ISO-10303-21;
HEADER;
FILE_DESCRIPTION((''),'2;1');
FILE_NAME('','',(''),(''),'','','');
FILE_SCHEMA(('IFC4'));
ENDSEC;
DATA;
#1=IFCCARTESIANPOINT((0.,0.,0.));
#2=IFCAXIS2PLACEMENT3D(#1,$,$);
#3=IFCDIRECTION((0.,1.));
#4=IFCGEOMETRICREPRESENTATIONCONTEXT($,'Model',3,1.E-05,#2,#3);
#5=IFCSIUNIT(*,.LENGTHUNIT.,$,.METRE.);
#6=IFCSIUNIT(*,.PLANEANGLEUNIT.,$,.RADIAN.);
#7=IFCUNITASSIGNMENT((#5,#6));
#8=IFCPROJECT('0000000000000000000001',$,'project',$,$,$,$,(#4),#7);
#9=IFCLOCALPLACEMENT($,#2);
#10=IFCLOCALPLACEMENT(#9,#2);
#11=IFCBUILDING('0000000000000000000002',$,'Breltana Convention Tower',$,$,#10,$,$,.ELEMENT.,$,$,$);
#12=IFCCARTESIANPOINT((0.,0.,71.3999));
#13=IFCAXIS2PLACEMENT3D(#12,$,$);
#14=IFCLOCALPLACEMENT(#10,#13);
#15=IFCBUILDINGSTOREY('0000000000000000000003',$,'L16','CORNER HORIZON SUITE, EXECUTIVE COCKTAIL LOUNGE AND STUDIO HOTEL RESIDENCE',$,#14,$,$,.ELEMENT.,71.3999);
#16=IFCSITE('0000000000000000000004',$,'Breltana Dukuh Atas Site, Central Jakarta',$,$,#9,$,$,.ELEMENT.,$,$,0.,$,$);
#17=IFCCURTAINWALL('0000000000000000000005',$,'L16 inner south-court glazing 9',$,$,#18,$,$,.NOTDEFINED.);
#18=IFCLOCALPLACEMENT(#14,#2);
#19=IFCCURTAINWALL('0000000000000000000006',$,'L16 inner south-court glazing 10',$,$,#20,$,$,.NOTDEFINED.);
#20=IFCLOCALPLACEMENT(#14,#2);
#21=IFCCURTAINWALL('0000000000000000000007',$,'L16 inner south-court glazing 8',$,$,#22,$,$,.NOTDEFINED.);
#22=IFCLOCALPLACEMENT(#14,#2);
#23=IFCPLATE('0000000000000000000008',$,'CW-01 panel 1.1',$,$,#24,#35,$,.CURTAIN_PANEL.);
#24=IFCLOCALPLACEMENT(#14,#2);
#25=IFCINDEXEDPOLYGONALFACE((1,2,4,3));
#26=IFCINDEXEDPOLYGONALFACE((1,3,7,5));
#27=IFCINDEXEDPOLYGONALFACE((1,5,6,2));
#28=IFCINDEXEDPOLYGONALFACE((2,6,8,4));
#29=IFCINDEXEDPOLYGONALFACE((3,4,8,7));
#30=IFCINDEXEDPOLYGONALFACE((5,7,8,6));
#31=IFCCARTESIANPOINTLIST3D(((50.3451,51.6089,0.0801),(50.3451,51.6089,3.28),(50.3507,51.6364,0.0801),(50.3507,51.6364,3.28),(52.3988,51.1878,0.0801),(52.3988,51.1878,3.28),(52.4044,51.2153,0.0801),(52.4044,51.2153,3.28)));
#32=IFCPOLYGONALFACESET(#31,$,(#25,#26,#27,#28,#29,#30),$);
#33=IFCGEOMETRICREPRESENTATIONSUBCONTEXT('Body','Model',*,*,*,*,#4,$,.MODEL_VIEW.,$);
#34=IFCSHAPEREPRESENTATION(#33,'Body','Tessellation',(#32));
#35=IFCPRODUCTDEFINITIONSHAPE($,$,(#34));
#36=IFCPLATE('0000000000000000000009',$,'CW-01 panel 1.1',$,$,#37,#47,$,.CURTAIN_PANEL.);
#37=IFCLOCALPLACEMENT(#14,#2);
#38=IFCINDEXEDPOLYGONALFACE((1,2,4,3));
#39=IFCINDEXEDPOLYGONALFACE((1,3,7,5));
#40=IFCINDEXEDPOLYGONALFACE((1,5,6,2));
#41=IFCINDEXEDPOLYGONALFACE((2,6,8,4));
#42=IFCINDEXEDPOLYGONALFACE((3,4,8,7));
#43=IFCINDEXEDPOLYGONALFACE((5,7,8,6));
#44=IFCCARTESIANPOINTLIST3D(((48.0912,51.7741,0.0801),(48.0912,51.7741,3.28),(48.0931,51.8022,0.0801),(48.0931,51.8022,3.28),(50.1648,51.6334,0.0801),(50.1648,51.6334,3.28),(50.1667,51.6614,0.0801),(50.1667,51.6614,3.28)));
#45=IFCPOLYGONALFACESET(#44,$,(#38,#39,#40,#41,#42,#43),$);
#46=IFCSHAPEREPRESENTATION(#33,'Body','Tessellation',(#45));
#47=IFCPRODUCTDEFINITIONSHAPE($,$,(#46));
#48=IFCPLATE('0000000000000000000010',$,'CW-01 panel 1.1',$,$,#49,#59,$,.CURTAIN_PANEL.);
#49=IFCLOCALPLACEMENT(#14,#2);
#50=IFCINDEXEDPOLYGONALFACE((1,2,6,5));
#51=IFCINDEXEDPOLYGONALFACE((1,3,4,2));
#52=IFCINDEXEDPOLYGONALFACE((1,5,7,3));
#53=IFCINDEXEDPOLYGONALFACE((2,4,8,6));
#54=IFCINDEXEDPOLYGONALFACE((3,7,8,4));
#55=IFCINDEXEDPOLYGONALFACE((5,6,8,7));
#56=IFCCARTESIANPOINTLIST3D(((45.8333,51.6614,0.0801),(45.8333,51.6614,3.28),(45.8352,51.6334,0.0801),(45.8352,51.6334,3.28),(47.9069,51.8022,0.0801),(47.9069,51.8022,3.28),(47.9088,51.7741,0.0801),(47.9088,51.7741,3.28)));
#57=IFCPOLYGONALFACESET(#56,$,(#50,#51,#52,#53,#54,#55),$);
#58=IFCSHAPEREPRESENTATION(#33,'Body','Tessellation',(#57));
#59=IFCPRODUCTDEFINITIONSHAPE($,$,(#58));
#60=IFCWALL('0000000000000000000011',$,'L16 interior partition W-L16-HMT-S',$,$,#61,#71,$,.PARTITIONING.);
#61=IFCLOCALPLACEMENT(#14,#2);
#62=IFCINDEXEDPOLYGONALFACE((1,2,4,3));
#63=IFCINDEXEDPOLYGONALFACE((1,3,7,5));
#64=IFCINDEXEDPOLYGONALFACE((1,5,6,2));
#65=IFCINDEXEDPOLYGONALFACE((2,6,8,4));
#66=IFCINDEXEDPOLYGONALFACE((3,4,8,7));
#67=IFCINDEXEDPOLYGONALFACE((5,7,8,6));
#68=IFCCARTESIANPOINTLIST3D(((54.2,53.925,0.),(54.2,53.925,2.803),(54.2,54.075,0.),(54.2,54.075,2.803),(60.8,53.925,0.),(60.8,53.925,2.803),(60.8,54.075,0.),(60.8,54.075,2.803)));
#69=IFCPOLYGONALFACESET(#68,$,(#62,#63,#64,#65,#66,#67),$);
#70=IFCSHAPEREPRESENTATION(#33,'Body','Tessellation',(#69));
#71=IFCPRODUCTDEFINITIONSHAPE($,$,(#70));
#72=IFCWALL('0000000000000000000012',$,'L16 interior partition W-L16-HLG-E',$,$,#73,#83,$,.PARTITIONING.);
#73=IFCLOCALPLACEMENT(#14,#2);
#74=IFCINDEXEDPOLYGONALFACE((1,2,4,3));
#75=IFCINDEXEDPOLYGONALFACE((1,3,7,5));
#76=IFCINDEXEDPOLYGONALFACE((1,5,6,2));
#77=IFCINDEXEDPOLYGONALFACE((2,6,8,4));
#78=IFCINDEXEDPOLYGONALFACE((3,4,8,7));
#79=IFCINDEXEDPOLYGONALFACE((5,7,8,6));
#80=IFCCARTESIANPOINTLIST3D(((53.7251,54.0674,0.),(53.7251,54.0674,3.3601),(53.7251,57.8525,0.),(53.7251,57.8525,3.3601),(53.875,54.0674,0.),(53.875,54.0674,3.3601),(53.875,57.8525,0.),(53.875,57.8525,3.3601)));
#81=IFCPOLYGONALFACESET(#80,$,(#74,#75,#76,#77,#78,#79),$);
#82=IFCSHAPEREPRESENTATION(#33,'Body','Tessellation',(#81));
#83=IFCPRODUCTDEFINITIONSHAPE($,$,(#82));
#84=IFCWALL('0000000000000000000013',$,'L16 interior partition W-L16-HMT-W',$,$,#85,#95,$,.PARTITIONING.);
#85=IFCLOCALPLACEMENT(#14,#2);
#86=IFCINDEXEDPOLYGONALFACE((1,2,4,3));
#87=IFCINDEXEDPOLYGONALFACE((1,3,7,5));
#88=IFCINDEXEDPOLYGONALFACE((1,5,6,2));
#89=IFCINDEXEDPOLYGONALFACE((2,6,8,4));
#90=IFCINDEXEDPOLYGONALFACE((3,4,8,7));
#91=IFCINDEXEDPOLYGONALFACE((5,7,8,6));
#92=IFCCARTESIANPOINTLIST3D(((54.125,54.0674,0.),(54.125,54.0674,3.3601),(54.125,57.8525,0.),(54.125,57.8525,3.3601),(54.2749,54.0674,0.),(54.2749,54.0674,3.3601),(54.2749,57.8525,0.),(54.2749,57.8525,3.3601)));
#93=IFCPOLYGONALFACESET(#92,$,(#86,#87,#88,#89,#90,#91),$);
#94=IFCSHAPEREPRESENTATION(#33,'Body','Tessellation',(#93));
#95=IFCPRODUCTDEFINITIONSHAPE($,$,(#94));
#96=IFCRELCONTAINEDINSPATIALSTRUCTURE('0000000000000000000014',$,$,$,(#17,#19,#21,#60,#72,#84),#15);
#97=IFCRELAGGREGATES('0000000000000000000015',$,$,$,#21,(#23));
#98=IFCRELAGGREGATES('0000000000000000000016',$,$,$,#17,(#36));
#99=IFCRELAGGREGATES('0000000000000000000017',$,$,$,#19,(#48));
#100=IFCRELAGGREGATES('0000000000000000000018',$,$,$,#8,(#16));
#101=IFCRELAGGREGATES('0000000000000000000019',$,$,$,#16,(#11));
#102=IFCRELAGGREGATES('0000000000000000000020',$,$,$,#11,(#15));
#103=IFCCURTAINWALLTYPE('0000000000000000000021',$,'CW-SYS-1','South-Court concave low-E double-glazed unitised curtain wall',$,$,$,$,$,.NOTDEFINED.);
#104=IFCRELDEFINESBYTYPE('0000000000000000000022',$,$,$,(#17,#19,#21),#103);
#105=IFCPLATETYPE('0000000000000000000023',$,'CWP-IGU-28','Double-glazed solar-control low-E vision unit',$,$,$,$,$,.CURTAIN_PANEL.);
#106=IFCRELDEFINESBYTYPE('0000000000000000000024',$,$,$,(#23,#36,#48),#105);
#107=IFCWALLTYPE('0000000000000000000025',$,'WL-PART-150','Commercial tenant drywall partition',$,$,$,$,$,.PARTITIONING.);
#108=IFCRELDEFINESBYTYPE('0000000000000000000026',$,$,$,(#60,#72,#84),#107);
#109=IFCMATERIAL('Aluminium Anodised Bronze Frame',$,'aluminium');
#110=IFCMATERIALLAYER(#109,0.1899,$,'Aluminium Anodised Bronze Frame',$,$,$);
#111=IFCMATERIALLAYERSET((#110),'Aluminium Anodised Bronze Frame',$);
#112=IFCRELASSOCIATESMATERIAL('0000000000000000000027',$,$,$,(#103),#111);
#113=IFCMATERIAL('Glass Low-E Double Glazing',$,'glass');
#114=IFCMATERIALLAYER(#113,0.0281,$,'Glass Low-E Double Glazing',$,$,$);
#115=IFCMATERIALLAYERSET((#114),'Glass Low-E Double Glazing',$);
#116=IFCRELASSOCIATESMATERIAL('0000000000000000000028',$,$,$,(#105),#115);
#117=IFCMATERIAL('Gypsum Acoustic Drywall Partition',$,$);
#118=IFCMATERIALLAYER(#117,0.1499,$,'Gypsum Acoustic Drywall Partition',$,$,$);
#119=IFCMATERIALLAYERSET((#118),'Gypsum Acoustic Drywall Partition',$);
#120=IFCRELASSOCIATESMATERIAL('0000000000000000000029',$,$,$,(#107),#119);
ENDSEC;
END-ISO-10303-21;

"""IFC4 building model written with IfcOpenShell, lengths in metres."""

from ifc_helpers import new_model, si_unit, direction, frame, frame_2d, origin, origin_2d, place, context, subcontext, project, spatial, rectangle, extrude, source, transform, mapped, material, layer, layer_set, type_object, element, aggregate, save


model = new_model("IFC4")

# Units and contexts
model_context = context("Model", 3, precision=1e-05, world=origin(), true_north=direction((0.0, 1.0)))
body_context = subcontext(model_context, "Body", "Model", "MODEL_VIEW")
ifc_project = project(units=[si_unit("LENGTHUNIT", "METRE"), si_unit("PLANEANGLEUNIT", "RADIAN")], contexts=[model_context])

# Site, building, storey
site_placement = place(None, origin())
site = spatial("IfcSite", under=ifc_project, at=site_placement, Name="Breltana Dukuh Atas Site, Central Jakarta", CompositionType="ELEMENT", RefElevation=0.0)
building_placement = place(site_placement, origin())
building = spatial("IfcBuilding", under=site, at=building_placement, Name="Breltana Convention Tower", CompositionType="ELEMENT")
storey_placement = place(building_placement, frame((0.0, 0.0, 71.3999)))
storey = spatial("IfcBuildingStorey", under=building, at=storey_placement, Name="L16", Description="CORNER HORIZON SUITE, EXECUTIVE COCKTAIL LOUNGE AND STUDIO HOTEL RESIDENCE", CompositionType="ELEMENT", Elevation=71.3999)

# Curtain walls
ifc_material_1 = material(Name="Aluminium Anodised Bronze Frame", Category="aluminium")
ifc_layer_1 = layer(ifc_material_1, 0.1899, Name="Aluminium Anodised Bronze Frame")
ifc_layer_set_1 = layer_set([ifc_layer_1], Name="Aluminium Anodised Bronze Frame")
curtain_wall_type = type_object("IfcCurtainWallType", Name="CW-SYS-1", Description="South-Court concave low-E double-glazed unitised curtain wall", PredefinedType="NOTDEFINED", material=ifc_layer_set_1)
curtain_wall_1_placement = place(storey_placement, origin())
curtain_wall_1 = element("IfcCurtainWall", 1, at=curtain_wall_1_placement, inside=storey, type_object=curtain_wall_type, Name="L16 inner south-court glazing 9", PredefinedType="NOTDEFINED")
curtain_wall_2_placement = place(storey_placement, origin())
curtain_wall_2 = element("IfcCurtainWall", 2, at=curtain_wall_2_placement, inside=storey, type_object=curtain_wall_type, Name="L16 inner south-court glazing 10", PredefinedType="NOTDEFINED")
curtain_wall_3_placement = place(storey_placement, origin())
curtain_wall_3 = element("IfcCurtainWall", 3, at=curtain_wall_3_placement, inside=storey, type_object=curtain_wall_type, Name="L16 inner south-court glazing 8", PredefinedType="NOTDEFINED")

# Plates
ifc_material_2 = material(Name="Glass Low-E Double Glazing", Category="glass")
ifc_layer_2 = layer(ifc_material_2, 0.0281, Name="Glass Low-E Double Glazing")
ifc_layer_set_2 = layer_set([ifc_layer_2], Name="Glass Low-E Double Glazing")
plate_type = type_object("IfcPlateType", Name="CWP-IGU-28", Description="Double-glazed solar-control low-E vision unit", PredefinedType="CURTAIN_PANEL", material=ifc_layer_set_2)
shared_shape_1 = source(origin(), body_context, "Body", "SweptSolid", [
    extrude(rectangle(XDim=2.0964, YDim=0.0281, at=origin_2d()), origin(), (0.0, 0.0, 1.0), 3.2),
])
plate_1_placement = place(storey_placement, frame((51.3748, 51.4121, 0.0801), z_axis=(0.0, 0.0, 1.0), x_axis=(-0.979615, 0.200886, 0.0)))
plate_1 = element("IfcPlate", 4, at=plate_1_placement, type_object=plate_type, Name="CW-01 panel 1.1", PredefinedType="CURTAIN_PANEL", context=body_context, shape_type="MappedRepresentation", body=[
    mapped(shared_shape_1, transform((0.0, 0.0, 0.0), scale=1.0)),
])
aggregate(curtain_wall_3, [plate_1])
shared_shape_2 = source(origin(), body_context, "Body", "SweptSolid", [
    extrude(rectangle(XDim=2.0784, YDim=0.0281, at=origin_2d()), origin(), (0.0, 0.0, 1.0), 3.2),
])
plate_2_placement = place(storey_placement, frame((49.1289, 51.7178, 0.0801), z_axis=(0.0, 0.0, 1.0), x_axis=(-0.997704, 0.067726, 0.0)))
plate_2 = element("IfcPlate", 5, at=plate_2_placement, type_object=plate_type, Name="CW-01 panel 1.1", PredefinedType="CURTAIN_PANEL", context=body_context, shape_type="MappedRepresentation", body=[
    mapped(shared_shape_2, transform((0.0, 0.0, 0.0), scale=1.0)),
])
aggregate(curtain_wall_1, [plate_2])
plate_3_placement = place(storey_placement, frame((46.8711, 51.7178, 0.0801), z_axis=(0.0, 0.0, 1.0), x_axis=(-0.997704, -0.067726, 0.0)))
plate_3 = element("IfcPlate", 6, at=plate_3_placement, type_object=plate_type, Name="CW-01 panel 1.1", PredefinedType="CURTAIN_PANEL", context=body_context, shape_type="MappedRepresentation", body=[
    mapped(shared_shape_2, transform((0.0, 0.0, 0.0), scale=1.0)),
])
aggregate(curtain_wall_2, [plate_3])

# Walls
ifc_material_3 = material(Name="Gypsum Acoustic Drywall Partition")
ifc_layer_3 = layer(ifc_material_3, 0.1499, Name="Gypsum Acoustic Drywall Partition")
ifc_layer_set_3 = layer_set([ifc_layer_3], Name="Gypsum Acoustic Drywall Partition")
wall_type = type_object("IfcWallType", Name="WL-PART-150", Description="Commercial tenant drywall partition", PredefinedType="PARTITIONING", material=ifc_layer_set_3)
shared_shape_3 = source(origin(), body_context, "Body", "SweptSolid", [
    extrude(rectangle(XDim=6.6001, YDim=0.1499, at=frame_2d((3.3, 0.0))), origin(), (0.0, 0.0, 1.0), 2.803),
])
wall_placement = place(storey_placement, frame((54.2, 54.0, 0.0), z_axis=(0.0, 0.0, 1.0), x_axis=(1.0, 0.0, 0.0)))
element("IfcWall", 7, at=wall_placement, inside=storey, type_object=wall_type, Name="L16 interior partition W-L16-HMT-S", PredefinedType="PARTITIONING", context=body_context, shape_type="MappedRepresentation", body=[
    mapped(shared_shape_3, transform((0.0, 0.0, 0.0), scale=1.0)),
])
shared_shape_4 = source(origin(), body_context, "Body", "SweptSolid", [
    extrude(rectangle(XDim=3.7852, YDim=0.1499, at=frame_2d((1.8926, 0.0))), origin(), (0.0, 0.0, 1.0), 3.3601),
])
for number, where, z_axis, x_axis, name in (
    (8, (53.8, 54.0674, 0.0), (0.0, 0.0, 1.0), (0.0, 1.0, 0.0), "L16 interior partition W-L16-HLG-E"),
    (9, (54.2, 54.0674, 0.0), (0.0, 0.0, 1.0), (0.0, 1.0, 0.0), "L16 interior partition W-L16-HMT-W"),
):
    element("IfcWall", number, at=place(storey_placement, frame(where, z_axis=z_axis, x_axis=x_axis)), inside=storey, type_object=wall_type, Name=name, PredefinedType="PARTITIONING", context=body_context, shape_type="MappedRepresentation", body=[
        mapped(shared_shape_4, transform((0.0, 0.0, 0.0), scale=1.0)),
    ])

save(model, "model.ifc")
